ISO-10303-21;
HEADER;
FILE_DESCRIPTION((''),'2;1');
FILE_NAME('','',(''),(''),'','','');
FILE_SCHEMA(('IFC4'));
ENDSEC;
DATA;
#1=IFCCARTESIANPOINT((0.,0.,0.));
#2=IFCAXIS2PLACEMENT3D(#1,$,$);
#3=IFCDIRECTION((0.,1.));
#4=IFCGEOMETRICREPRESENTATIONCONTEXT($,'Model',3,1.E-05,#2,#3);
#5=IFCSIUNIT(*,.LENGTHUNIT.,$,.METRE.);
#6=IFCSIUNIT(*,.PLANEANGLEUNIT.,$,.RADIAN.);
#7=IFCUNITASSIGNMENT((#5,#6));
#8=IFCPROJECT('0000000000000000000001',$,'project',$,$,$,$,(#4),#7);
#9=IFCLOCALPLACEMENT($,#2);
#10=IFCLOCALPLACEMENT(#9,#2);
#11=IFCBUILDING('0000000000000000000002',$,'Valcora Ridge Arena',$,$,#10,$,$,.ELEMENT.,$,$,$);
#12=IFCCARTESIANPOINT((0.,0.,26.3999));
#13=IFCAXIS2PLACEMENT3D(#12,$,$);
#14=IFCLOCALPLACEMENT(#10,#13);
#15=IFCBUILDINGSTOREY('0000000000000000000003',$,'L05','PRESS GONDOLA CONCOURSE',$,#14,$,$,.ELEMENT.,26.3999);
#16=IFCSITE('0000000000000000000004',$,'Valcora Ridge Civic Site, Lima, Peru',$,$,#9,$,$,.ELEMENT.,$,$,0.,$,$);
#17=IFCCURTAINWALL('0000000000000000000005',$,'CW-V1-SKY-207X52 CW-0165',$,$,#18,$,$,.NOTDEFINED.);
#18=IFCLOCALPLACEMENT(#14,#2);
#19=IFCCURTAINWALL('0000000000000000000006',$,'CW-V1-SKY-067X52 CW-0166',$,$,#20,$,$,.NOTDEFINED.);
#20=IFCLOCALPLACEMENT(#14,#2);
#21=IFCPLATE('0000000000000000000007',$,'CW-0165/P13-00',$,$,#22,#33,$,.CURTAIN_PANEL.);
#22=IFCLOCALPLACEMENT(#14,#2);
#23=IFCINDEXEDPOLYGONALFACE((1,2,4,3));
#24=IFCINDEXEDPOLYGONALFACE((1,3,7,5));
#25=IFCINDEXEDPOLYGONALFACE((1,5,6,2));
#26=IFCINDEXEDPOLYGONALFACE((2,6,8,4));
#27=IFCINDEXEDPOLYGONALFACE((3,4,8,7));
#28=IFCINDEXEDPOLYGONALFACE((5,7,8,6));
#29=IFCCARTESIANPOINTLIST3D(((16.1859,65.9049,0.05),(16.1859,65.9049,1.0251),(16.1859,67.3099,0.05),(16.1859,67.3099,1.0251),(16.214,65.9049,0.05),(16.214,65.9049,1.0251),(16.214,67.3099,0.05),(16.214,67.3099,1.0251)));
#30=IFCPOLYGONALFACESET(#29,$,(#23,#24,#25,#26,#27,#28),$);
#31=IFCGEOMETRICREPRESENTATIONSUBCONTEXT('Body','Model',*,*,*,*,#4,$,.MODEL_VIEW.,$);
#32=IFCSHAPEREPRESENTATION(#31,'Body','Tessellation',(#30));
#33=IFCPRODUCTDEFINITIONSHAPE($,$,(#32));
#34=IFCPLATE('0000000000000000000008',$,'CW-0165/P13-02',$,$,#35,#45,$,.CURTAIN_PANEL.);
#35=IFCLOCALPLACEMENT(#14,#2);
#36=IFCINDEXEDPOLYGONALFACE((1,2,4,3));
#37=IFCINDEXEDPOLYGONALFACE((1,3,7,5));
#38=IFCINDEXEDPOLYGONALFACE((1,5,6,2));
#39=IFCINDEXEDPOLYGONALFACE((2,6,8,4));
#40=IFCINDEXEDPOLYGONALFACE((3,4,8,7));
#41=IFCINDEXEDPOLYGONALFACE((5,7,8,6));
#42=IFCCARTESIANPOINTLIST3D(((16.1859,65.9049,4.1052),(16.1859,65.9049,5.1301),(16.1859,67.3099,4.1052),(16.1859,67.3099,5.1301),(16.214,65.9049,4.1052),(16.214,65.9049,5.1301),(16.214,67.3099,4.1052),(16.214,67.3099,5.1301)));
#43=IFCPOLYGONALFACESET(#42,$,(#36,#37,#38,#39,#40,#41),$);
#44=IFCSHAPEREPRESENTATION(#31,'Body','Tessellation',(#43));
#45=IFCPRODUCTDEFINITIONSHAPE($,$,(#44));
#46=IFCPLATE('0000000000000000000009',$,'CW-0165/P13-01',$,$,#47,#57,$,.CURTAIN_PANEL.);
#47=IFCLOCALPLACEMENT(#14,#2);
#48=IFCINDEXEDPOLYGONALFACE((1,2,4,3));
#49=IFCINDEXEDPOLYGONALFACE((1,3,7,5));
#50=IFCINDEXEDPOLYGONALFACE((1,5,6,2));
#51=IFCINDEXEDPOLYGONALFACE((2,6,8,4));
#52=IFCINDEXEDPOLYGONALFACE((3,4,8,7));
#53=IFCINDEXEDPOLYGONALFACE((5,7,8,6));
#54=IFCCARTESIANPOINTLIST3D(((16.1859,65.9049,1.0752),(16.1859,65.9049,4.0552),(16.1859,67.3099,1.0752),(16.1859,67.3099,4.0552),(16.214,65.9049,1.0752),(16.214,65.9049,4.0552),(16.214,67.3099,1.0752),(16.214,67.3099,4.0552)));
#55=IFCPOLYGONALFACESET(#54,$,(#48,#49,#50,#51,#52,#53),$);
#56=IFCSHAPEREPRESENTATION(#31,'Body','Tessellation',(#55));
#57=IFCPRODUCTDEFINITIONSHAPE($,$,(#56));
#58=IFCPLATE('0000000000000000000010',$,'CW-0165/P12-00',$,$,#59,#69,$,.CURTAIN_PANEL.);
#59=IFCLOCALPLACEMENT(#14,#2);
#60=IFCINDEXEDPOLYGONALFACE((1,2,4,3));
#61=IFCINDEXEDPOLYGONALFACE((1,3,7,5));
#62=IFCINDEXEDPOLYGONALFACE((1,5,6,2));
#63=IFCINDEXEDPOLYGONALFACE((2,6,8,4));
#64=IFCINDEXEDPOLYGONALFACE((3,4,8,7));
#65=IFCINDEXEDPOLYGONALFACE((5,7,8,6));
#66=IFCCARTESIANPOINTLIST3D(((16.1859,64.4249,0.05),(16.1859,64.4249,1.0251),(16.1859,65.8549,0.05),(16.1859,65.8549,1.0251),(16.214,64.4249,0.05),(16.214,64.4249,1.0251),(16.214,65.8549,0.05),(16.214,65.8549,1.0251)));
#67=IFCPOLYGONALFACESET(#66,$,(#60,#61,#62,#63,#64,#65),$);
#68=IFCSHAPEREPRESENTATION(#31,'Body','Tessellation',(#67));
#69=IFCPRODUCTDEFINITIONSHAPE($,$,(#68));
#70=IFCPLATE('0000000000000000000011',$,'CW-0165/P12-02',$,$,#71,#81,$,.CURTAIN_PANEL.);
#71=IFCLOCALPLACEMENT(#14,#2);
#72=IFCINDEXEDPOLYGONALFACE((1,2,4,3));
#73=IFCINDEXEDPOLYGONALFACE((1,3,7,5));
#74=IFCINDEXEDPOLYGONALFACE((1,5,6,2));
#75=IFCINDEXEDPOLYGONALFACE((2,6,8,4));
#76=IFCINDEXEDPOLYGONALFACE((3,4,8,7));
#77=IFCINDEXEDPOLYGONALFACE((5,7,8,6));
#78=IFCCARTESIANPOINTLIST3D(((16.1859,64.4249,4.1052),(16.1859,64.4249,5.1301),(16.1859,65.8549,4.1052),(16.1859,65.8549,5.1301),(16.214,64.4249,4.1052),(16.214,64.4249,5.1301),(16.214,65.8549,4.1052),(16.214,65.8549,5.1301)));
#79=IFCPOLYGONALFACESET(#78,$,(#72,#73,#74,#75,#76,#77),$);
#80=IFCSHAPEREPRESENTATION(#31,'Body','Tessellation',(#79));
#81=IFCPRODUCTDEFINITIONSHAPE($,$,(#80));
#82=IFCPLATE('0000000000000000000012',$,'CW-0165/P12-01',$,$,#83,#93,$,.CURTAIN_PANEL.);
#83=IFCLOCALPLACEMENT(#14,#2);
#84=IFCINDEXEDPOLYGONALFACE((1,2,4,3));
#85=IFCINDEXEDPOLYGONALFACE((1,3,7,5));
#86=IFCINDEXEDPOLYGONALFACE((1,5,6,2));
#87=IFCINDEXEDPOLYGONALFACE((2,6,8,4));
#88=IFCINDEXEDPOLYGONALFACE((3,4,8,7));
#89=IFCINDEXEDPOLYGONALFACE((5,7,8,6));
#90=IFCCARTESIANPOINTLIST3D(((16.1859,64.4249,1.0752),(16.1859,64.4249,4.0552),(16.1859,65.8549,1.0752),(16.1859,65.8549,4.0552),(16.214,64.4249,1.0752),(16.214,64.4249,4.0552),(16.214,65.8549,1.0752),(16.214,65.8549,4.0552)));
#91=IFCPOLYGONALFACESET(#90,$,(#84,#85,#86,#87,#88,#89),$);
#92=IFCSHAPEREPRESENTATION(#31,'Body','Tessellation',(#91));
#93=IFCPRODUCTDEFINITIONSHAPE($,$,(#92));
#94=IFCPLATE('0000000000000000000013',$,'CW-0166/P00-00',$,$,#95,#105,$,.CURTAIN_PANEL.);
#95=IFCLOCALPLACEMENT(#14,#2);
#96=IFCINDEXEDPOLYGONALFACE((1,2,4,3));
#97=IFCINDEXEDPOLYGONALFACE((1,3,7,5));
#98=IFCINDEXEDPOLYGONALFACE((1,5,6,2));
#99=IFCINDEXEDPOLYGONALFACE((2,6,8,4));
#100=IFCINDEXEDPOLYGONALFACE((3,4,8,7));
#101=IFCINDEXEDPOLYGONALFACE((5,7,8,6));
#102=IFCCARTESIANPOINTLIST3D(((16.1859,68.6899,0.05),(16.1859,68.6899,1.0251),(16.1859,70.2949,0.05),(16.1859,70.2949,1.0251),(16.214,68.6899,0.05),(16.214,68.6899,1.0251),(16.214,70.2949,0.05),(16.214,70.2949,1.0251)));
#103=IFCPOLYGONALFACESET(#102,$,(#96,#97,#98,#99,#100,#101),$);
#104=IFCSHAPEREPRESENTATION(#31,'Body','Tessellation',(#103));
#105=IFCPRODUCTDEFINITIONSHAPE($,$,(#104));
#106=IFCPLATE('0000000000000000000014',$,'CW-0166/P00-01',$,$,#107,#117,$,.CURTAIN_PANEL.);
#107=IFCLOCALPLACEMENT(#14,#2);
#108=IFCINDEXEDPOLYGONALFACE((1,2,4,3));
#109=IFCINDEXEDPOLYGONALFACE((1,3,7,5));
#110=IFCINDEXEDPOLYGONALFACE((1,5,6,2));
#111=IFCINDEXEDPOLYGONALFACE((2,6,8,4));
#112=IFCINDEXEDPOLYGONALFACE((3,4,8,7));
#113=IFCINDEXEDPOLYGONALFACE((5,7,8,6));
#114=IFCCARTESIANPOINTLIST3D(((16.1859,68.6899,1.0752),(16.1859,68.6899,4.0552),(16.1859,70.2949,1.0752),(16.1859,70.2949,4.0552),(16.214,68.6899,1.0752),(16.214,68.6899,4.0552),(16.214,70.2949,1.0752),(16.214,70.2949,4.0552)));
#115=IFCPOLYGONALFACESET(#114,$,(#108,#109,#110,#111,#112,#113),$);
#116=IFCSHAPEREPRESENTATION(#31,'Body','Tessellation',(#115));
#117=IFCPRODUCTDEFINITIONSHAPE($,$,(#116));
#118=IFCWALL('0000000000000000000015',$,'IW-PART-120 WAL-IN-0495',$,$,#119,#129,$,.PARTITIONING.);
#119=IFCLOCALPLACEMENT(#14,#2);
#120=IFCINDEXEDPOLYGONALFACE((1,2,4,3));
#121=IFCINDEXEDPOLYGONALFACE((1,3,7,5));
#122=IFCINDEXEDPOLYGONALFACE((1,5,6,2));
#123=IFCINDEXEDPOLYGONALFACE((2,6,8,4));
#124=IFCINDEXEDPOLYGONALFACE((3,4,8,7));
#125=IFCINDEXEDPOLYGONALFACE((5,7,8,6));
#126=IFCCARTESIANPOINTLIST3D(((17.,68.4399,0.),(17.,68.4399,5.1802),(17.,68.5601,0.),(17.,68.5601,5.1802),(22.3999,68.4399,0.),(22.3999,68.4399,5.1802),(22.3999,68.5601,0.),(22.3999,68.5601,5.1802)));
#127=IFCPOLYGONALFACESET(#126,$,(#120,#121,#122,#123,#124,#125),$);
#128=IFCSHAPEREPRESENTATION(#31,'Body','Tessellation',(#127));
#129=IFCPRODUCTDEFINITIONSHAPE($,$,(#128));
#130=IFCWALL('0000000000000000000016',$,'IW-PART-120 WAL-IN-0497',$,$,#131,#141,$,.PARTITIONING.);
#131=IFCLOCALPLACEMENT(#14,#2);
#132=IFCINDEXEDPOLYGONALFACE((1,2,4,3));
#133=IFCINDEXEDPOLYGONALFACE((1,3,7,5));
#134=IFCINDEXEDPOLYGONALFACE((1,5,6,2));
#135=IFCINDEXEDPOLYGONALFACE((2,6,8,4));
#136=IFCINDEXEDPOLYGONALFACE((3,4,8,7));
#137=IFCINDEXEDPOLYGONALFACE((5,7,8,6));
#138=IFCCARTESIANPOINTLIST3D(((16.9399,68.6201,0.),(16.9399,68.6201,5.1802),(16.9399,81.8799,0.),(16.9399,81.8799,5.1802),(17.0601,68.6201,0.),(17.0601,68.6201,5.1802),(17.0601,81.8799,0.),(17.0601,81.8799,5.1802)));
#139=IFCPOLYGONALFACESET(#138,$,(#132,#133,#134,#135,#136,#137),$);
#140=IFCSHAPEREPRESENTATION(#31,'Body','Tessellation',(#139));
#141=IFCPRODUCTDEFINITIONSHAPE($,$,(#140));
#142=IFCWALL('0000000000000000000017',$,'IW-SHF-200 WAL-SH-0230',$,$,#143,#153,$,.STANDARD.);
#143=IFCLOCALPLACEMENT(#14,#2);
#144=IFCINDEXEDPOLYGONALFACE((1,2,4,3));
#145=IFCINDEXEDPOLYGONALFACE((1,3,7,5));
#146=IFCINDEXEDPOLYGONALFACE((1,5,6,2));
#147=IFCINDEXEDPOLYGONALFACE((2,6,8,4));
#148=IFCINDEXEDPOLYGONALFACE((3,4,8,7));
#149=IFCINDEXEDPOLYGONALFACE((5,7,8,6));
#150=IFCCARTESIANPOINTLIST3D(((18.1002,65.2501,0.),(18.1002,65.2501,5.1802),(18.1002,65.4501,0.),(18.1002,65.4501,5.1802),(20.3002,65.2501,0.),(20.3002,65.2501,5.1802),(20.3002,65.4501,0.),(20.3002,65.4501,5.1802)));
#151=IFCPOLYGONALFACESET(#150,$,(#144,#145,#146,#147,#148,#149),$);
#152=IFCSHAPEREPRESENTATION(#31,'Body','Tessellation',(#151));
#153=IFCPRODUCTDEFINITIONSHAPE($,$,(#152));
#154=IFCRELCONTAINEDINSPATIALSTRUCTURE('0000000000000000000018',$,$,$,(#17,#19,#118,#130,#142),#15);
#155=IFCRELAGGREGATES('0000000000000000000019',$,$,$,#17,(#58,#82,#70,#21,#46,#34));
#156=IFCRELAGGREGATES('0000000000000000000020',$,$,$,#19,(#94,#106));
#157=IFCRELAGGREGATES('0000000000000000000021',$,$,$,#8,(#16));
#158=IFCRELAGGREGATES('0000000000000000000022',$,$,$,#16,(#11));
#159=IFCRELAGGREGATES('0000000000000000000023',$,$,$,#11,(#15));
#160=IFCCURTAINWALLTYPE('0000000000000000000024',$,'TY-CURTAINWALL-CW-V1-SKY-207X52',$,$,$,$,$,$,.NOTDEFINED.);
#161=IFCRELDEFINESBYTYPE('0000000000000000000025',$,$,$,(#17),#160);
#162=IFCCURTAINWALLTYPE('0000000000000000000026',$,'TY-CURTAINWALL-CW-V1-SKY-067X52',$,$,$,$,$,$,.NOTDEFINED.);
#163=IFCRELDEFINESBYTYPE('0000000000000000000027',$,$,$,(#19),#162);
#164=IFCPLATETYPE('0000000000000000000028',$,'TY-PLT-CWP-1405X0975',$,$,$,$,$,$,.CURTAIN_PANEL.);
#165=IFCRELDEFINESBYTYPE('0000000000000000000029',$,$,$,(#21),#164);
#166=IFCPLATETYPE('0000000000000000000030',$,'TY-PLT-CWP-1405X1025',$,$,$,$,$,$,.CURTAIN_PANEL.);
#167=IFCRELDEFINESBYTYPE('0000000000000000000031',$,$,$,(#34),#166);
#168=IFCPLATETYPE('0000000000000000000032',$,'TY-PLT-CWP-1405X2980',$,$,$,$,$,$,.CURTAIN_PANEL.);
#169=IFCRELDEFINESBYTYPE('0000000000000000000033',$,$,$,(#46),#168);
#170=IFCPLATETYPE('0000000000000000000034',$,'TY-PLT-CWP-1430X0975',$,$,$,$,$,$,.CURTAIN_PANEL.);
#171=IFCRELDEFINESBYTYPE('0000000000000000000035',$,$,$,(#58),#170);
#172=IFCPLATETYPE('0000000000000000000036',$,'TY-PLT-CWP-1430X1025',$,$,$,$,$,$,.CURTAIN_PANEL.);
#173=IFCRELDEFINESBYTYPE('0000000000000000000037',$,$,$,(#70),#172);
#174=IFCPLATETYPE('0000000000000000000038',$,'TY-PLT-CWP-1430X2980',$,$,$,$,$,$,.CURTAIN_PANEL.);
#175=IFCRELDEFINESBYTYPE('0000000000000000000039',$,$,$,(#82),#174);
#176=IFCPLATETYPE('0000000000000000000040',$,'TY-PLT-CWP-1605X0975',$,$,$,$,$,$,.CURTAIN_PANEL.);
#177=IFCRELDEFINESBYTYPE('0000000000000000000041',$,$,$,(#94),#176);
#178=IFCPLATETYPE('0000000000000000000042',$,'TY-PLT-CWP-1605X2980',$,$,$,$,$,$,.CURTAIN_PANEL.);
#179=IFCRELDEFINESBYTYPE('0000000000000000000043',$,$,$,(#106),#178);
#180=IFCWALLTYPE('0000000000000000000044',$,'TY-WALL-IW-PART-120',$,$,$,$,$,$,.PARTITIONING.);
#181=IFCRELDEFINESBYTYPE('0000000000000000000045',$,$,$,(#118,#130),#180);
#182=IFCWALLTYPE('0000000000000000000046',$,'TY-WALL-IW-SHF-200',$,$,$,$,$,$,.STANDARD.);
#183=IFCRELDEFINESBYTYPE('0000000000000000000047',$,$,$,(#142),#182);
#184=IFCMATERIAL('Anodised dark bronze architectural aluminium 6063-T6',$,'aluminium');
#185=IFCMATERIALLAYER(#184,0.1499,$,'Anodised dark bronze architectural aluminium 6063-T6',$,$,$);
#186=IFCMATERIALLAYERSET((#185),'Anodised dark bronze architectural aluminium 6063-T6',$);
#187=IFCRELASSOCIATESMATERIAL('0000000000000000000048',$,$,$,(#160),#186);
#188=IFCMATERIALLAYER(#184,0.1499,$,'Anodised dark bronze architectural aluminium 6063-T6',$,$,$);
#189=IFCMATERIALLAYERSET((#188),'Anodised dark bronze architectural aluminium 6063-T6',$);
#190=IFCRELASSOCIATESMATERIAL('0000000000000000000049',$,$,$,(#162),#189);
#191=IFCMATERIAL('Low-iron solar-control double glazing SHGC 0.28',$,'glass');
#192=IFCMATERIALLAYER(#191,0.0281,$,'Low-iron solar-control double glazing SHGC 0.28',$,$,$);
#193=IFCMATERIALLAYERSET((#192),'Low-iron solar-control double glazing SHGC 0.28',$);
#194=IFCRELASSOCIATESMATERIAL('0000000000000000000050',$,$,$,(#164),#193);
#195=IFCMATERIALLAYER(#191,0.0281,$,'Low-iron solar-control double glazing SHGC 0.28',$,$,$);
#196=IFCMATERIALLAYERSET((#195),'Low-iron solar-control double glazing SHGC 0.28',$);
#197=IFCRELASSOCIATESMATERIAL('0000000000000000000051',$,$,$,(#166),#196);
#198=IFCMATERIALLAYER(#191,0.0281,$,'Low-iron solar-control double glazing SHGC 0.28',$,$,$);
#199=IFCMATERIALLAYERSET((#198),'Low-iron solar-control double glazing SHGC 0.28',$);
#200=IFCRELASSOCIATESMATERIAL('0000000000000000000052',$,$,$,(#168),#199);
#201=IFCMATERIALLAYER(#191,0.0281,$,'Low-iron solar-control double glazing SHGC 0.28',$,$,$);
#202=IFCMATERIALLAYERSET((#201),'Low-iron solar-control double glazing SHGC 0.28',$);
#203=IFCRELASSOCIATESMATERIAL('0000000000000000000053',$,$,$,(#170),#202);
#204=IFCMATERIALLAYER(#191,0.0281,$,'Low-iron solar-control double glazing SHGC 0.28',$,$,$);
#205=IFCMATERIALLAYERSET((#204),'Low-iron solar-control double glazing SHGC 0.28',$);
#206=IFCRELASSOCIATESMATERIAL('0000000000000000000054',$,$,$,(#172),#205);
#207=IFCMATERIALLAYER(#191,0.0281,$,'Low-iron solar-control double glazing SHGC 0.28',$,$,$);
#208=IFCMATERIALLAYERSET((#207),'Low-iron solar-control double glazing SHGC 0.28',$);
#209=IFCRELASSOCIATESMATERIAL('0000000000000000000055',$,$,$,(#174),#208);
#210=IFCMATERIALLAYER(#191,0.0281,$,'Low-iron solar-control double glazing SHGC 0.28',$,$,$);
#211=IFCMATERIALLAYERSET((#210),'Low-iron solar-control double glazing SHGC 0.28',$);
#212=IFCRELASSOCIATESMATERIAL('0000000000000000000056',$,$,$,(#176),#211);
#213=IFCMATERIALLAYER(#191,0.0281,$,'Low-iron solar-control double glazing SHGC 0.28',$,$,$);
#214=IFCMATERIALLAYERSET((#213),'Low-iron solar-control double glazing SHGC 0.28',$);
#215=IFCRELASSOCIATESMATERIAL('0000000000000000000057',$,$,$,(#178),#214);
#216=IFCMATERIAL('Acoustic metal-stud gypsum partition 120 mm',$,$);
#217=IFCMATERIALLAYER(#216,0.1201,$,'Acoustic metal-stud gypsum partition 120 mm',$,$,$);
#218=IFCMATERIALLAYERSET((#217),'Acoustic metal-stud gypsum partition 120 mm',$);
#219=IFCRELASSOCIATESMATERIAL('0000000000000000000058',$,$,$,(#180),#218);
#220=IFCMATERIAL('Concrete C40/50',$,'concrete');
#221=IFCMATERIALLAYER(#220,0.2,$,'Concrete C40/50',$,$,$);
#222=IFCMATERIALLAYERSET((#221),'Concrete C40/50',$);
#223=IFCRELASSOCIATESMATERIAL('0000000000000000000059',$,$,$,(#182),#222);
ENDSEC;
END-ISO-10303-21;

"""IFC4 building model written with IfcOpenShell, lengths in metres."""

from ifc_helpers import new_model, si_unit, direction, frame, frame_2d, origin, origin_2d, place, context, subcontext, project, spatial, rectangle, extrude, material, layer, layer_set, type_object, element, aggregate, save


model = new_model("IFC4")

# Units and contexts
model_context = context("Model", 3, precision=1e-05, world=origin(), true_north=direction((0.0, 1.0)))
body_context = subcontext(model_context, "Body", "Model", "MODEL_VIEW")
ifc_project = project(units=[si_unit("LENGTHUNIT", "METRE"), si_unit("PLANEANGLEUNIT", "RADIAN")], contexts=[model_context])

# Site, building, storey
site_placement = place(None, origin())
site = spatial("IfcSite", under=ifc_project, at=site_placement, Name="Valcora Ridge Civic Site, Lima, Peru", CompositionType="ELEMENT", RefElevation=0.0)
building_placement = place(site_placement, origin())
building = spatial("IfcBuilding", under=site, at=building_placement, Name="Valcora Ridge Arena", CompositionType="ELEMENT")
storey_placement = place(building_placement, frame((0.0, 0.0, 26.3999)))
storey = spatial("IfcBuildingStorey", under=building, at=storey_placement, Name="L05", Description="PRESS GONDOLA CONCOURSE", CompositionType="ELEMENT", Elevation=26.3999)

# Curtain wall
ifc_material_1 = material(Name="Anodised dark bronze architectural aluminium 6063-T6", Category="aluminium")
ifc_layer_1 = layer(ifc_material_1, 0.1499, Name="Anodised dark bronze architectural aluminium 6063-T6")
ifc_layer_set_1 = layer_set([ifc_layer_1], Name="Anodised dark bronze architectural aluminium 6063-T6")
curtain_wall_type_1 = type_object("IfcCurtainWallType", Name="TY-CURTAINWALL-CW-V1-SKY-207X52", PredefinedType="NOTDEFINED", material=ifc_layer_set_1)
curtain_wall_1_placement = place(storey_placement, origin())
curtain_wall_1 = element("IfcCurtainWall", 1, at=curtain_wall_1_placement, inside=storey, type_object=curtain_wall_type_1, Name="CW-V1-SKY-207X52 CW-0165", PredefinedType="NOTDEFINED")

# Curtain wall
ifc_layer_2 = layer(ifc_material_1, 0.1499, Name="Anodised dark bronze architectural aluminium 6063-T6")
ifc_layer_set_2 = layer_set([ifc_layer_2], Name="Anodised dark bronze architectural aluminium 6063-T6")
curtain_wall_type_2 = type_object("IfcCurtainWallType", Name="TY-CURTAINWALL-CW-V1-SKY-067X52", PredefinedType="NOTDEFINED", material=ifc_layer_set_2)
curtain_wall_2_placement = place(storey_placement, origin())
curtain_wall_2 = element("IfcCurtainWall", 2, at=curtain_wall_2_placement, inside=storey, type_object=curtain_wall_type_2, Name="CW-V1-SKY-067X52 CW-0166", PredefinedType="NOTDEFINED")

# Plates
ifc_material_2 = material(Name="Low-iron solar-control double glazing SHGC 0.28", Category="glass")
ifc_layer_3 = layer(ifc_material_2, 0.0281, Name="Low-iron solar-control double glazing SHGC 0.28")
ifc_layer_set_3 = layer_set([ifc_layer_3], Name="Low-iron solar-control double glazing SHGC 0.28")
plate_type_1 = type_object("IfcPlateType", Name="TY-PLT-CWP-1405X0975", PredefinedType="CURTAIN_PANEL", material=ifc_layer_set_3)
plate_1_placement = place(storey_placement, frame((16.2, 66.6074, 0.05), z_axis=(0.0, 0.0, 1.0), x_axis=(0.0, 1.0, 0.0)))
plate_1 = element("IfcPlate", 3, at=plate_1_placement, type_object=plate_type_1, Name="CW-0165/P13-00", PredefinedType="CURTAIN_PANEL", context=body_context, shape_type="SweptSolid", body=[
    extrude(rectangle(XDim=1.405, YDim=0.0281, at=origin_2d()), origin(), (0.0, 0.0, 1.0), 0.9751),
])
ifc_layer_4 = layer(ifc_material_2, 0.0281, Name="Low-iron solar-control double glazing SHGC 0.28")
ifc_layer_set_4 = layer_set([ifc_layer_4], Name="Low-iron solar-control double glazing SHGC 0.28")
plate_type_2 = type_object("IfcPlateType", Name="TY-PLT-CWP-1405X1025", PredefinedType="CURTAIN_PANEL", material=ifc_layer_set_4)
plate_2_placement = place(storey_placement, frame((16.2, 66.6074, 4.1052), z_axis=(0.0, 0.0, 1.0), x_axis=(0.0, 1.0, 0.0)))
plate_2 = element("IfcPlate", 4, at=plate_2_placement, type_object=plate_type_2, Name="CW-0165/P13-02", PredefinedType="CURTAIN_PANEL", context=body_context, shape_type="SweptSolid", body=[
    extrude(rectangle(XDim=1.405, YDim=0.0281, at=origin_2d()), origin(), (0.0, 0.0, 1.0), 1.0249),
])
ifc_layer_5 = layer(ifc_material_2, 0.0281, Name="Low-iron solar-control double glazing SHGC 0.28")
ifc_layer_set_5 = layer_set([ifc_layer_5], Name="Low-iron solar-control double glazing SHGC 0.28")
plate_type_3 = type_object("IfcPlateType", Name="TY-PLT-CWP-1405X2980", PredefinedType="CURTAIN_PANEL", material=ifc_layer_set_5)
plate_3_placement = place(storey_placement, frame((16.2, 66.6074, 1.0752), z_axis=(0.0, 0.0, 1.0), x_axis=(0.0, 1.0, 0.0)))
plate_3 = element("IfcPlate", 5, at=plate_3_placement, type_object=plate_type_3, Name="CW-0165/P13-01", PredefinedType="CURTAIN_PANEL", context=body_context, shape_type="SweptSolid", body=[
    extrude(rectangle(XDim=1.405, YDim=0.0281, at=origin_2d()), origin(), (0.0, 0.0, 1.0), 2.98),
])
ifc_layer_6 = layer(ifc_material_2, 0.0281, Name="Low-iron solar-control double glazing SHGC 0.28")
ifc_layer_set_6 = layer_set([ifc_layer_6], Name="Low-iron solar-control double glazing SHGC 0.28")
plate_type_4 = type_object("IfcPlateType", Name="TY-PLT-CWP-1430X0975", PredefinedType="CURTAIN_PANEL", material=ifc_layer_set_6)
plate_4_placement = place(storey_placement, frame((16.2, 65.1399, 0.05), z_axis=(0.0, 0.0, 1.0), x_axis=(0.0, 1.0, 0.0)))
plate_4 = element("IfcPlate", 6, at=plate_4_placement, type_object=plate_type_4, Name="CW-0165/P12-00", PredefinedType="CURTAIN_PANEL", context=body_context, shape_type="SweptSolid", body=[
    extrude(rectangle(XDim=1.4299, YDim=0.0281, at=origin_2d()), origin(), (0.0, 0.0, 1.0), 0.9751),
])
ifc_layer_7 = layer(ifc_material_2, 0.0281, Name="Low-iron solar-control double glazing SHGC 0.28")
ifc_layer_set_7 = layer_set([ifc_layer_7], Name="Low-iron solar-control double glazing SHGC 0.28")
plate_type_5 = type_object("IfcPlateType", Name="TY-PLT-CWP-1430X1025", PredefinedType="CURTAIN_PANEL", material=ifc_layer_set_7)
plate_5_placement = place(storey_placement, frame((16.2, 65.1399, 4.1052), z_axis=(0.0, 0.0, 1.0), x_axis=(0.0, 1.0, 0.0)))
plate_5 = element("IfcPlate", 7, at=plate_5_placement, type_object=plate_type_5, Name="CW-0165/P12-02", PredefinedType="CURTAIN_PANEL", context=body_context, shape_type="SweptSolid", body=[
    extrude(rectangle(XDim=1.4299, YDim=0.0281, at=origin_2d()), origin(), (0.0, 0.0, 1.0), 1.0249),
])
ifc_layer_8 = layer(ifc_material_2, 0.0281, Name="Low-iron solar-control double glazing SHGC 0.28")
ifc_layer_set_8 = layer_set([ifc_layer_8], Name="Low-iron solar-control double glazing SHGC 0.28")
plate_type_6 = type_object("IfcPlateType", Name="TY-PLT-CWP-1430X2980", PredefinedType="CURTAIN_PANEL", material=ifc_layer_set_8)
plate_6_placement = place(storey_placement, frame((16.2, 65.1399, 1.0752), z_axis=(0.0, 0.0, 1.0), x_axis=(0.0, 1.0, 0.0)))
plate_6 = element("IfcPlate", 8, at=plate_6_placement, type_object=plate_type_6, Name="CW-0165/P12-01", PredefinedType="CURTAIN_PANEL", context=body_context, shape_type="SweptSolid", body=[
    extrude(rectangle(XDim=1.4299, YDim=0.0281, at=origin_2d()), origin(), (0.0, 0.0, 1.0), 2.98),
])
aggregate(curtain_wall_1, [plate_4, plate_6, plate_5, plate_1, plate_3, plate_2])
ifc_layer_9 = layer(ifc_material_2, 0.0281, Name="Low-iron solar-control double glazing SHGC 0.28")
ifc_layer_set_9 = layer_set([ifc_layer_9], Name="Low-iron solar-control double glazing SHGC 0.28")
plate_type_7 = type_object("IfcPlateType", Name="TY-PLT-CWP-1605X0975", PredefinedType="CURTAIN_PANEL", material=ifc_layer_set_9)
plate_7_placement = place(storey_placement, frame((16.2, 69.4924, 0.05), z_axis=(0.0, 0.0, 1.0), x_axis=(0.0, 1.0, 0.0)))
plate_7 = element("IfcPlate", 9, at=plate_7_placement, type_object=plate_type_7, Name="CW-0166/P00-00", PredefinedType="CURTAIN_PANEL", context=body_context, shape_type="SweptSolid", body=[
    extrude(rectangle(XDim=1.605, YDim=0.0281, at=origin_2d()), origin(), (0.0, 0.0, 1.0), 0.9751),
])
ifc_layer_10 = layer(ifc_material_2, 0.0281, Name="Low-iron solar-control double glazing SHGC 0.28")
ifc_layer_set_10 = layer_set([ifc_layer_10], Name="Low-iron solar-control double glazing SHGC 0.28")
plate_type_8 = type_object("IfcPlateType", Name="TY-PLT-CWP-1605X2980", PredefinedType="CURTAIN_PANEL", material=ifc_layer_set_10)
plate_8_placement = place(storey_placement, frame((16.2, 69.4924, 1.0752), z_axis=(0.0, 0.0, 1.0), x_axis=(0.0, 1.0, 0.0)))
plate_8 = element("IfcPlate", 10, at=plate_8_placement, type_object=plate_type_8, Name="CW-0166/P00-01", PredefinedType="CURTAIN_PANEL", context=body_context, shape_type="SweptSolid", body=[
    extrude(rectangle(XDim=1.605, YDim=0.0281, at=origin_2d()), origin(), (0.0, 0.0, 1.0), 2.98),
])
aggregate(curtain_wall_2, [plate_7, plate_8])

# Walls
ifc_material_3 = material(Name="Acoustic metal-stud gypsum partition 120 mm")
ifc_layer_11 = layer(ifc_material_3, 0.1201, Name="Acoustic metal-stud gypsum partition 120 mm")
ifc_layer_set_11 = layer_set([ifc_layer_11], Name="Acoustic metal-stud gypsum partition 120 mm")
wall_type_1 = type_object("IfcWallType", Name="TY-WALL-IW-PART-120", PredefinedType="PARTITIONING", material=ifc_layer_set_11)
wall_1_placement = place(storey_placement, frame((17.0, 68.5, 0.0), z_axis=(0.0, 0.0, 1.0), x_axis=(1.0, 0.0, 0.0)))
element("IfcWall", 11, at=wall_1_placement, inside=storey, type_object=wall_type_1, Name="IW-PART-120 WAL-IN-0495", PredefinedType="PARTITIONING", context=body_context, shape_type="SweptSolid", body=[
    extrude(rectangle(XDim=5.3999, YDim=0.1201, at=frame_2d((2.7, 0.0))), origin(), (0.0, 0.0, 1.0), 5.1802),
])
wall_2_placement = place(storey_placement, frame((17.0, 68.6201, 0.0), z_axis=(0.0, 0.0, 1.0), x_axis=(0.0, 1.0, 0.0)))
element("IfcWall", 12, at=wall_2_placement, inside=storey, type_object=wall_type_1, Name="IW-PART-120 WAL-IN-0497", PredefinedType="PARTITIONING", context=body_context, shape_type="SweptSolid", body=[
    extrude(rectangle(XDim=13.2598, YDim=0.1201, at=frame_2d((6.6299, 0.0))), origin(), (0.0, 0.0, 1.0), 5.1802),
])
ifc_material_4 = material(Name="Concrete C40/50", Category="concrete")
ifc_layer_12 = layer(ifc_material_4, 0.2, Name="Concrete C40/50")
ifc_layer_set_12 = layer_set([ifc_layer_12], Name="Concrete C40/50")
wall_type_2 = type_object("IfcWallType", Name="TY-WALL-IW-SHF-200", PredefinedType="STANDARD", material=ifc_layer_set_12)
wall_3_placement = place(storey_placement, frame((18.1001, 65.3501, 0.0), z_axis=(0.0, 0.0, 1.0), x_axis=(1.0, 0.0, 0.0)))
element("IfcWall", 13, at=wall_3_placement, inside=storey, type_object=wall_type_2, Name="IW-SHF-200 WAL-SH-0230", PredefinedType="STANDARD", context=body_context, shape_type="SweptSolid", body=[
    extrude(rectangle(XDim=2.2, YDim=0.2, at=frame_2d((1.1001, 0.0))), origin(), (0.0, 0.0, 1.0), 5.1802),
])

save(model, "model.ifc")
